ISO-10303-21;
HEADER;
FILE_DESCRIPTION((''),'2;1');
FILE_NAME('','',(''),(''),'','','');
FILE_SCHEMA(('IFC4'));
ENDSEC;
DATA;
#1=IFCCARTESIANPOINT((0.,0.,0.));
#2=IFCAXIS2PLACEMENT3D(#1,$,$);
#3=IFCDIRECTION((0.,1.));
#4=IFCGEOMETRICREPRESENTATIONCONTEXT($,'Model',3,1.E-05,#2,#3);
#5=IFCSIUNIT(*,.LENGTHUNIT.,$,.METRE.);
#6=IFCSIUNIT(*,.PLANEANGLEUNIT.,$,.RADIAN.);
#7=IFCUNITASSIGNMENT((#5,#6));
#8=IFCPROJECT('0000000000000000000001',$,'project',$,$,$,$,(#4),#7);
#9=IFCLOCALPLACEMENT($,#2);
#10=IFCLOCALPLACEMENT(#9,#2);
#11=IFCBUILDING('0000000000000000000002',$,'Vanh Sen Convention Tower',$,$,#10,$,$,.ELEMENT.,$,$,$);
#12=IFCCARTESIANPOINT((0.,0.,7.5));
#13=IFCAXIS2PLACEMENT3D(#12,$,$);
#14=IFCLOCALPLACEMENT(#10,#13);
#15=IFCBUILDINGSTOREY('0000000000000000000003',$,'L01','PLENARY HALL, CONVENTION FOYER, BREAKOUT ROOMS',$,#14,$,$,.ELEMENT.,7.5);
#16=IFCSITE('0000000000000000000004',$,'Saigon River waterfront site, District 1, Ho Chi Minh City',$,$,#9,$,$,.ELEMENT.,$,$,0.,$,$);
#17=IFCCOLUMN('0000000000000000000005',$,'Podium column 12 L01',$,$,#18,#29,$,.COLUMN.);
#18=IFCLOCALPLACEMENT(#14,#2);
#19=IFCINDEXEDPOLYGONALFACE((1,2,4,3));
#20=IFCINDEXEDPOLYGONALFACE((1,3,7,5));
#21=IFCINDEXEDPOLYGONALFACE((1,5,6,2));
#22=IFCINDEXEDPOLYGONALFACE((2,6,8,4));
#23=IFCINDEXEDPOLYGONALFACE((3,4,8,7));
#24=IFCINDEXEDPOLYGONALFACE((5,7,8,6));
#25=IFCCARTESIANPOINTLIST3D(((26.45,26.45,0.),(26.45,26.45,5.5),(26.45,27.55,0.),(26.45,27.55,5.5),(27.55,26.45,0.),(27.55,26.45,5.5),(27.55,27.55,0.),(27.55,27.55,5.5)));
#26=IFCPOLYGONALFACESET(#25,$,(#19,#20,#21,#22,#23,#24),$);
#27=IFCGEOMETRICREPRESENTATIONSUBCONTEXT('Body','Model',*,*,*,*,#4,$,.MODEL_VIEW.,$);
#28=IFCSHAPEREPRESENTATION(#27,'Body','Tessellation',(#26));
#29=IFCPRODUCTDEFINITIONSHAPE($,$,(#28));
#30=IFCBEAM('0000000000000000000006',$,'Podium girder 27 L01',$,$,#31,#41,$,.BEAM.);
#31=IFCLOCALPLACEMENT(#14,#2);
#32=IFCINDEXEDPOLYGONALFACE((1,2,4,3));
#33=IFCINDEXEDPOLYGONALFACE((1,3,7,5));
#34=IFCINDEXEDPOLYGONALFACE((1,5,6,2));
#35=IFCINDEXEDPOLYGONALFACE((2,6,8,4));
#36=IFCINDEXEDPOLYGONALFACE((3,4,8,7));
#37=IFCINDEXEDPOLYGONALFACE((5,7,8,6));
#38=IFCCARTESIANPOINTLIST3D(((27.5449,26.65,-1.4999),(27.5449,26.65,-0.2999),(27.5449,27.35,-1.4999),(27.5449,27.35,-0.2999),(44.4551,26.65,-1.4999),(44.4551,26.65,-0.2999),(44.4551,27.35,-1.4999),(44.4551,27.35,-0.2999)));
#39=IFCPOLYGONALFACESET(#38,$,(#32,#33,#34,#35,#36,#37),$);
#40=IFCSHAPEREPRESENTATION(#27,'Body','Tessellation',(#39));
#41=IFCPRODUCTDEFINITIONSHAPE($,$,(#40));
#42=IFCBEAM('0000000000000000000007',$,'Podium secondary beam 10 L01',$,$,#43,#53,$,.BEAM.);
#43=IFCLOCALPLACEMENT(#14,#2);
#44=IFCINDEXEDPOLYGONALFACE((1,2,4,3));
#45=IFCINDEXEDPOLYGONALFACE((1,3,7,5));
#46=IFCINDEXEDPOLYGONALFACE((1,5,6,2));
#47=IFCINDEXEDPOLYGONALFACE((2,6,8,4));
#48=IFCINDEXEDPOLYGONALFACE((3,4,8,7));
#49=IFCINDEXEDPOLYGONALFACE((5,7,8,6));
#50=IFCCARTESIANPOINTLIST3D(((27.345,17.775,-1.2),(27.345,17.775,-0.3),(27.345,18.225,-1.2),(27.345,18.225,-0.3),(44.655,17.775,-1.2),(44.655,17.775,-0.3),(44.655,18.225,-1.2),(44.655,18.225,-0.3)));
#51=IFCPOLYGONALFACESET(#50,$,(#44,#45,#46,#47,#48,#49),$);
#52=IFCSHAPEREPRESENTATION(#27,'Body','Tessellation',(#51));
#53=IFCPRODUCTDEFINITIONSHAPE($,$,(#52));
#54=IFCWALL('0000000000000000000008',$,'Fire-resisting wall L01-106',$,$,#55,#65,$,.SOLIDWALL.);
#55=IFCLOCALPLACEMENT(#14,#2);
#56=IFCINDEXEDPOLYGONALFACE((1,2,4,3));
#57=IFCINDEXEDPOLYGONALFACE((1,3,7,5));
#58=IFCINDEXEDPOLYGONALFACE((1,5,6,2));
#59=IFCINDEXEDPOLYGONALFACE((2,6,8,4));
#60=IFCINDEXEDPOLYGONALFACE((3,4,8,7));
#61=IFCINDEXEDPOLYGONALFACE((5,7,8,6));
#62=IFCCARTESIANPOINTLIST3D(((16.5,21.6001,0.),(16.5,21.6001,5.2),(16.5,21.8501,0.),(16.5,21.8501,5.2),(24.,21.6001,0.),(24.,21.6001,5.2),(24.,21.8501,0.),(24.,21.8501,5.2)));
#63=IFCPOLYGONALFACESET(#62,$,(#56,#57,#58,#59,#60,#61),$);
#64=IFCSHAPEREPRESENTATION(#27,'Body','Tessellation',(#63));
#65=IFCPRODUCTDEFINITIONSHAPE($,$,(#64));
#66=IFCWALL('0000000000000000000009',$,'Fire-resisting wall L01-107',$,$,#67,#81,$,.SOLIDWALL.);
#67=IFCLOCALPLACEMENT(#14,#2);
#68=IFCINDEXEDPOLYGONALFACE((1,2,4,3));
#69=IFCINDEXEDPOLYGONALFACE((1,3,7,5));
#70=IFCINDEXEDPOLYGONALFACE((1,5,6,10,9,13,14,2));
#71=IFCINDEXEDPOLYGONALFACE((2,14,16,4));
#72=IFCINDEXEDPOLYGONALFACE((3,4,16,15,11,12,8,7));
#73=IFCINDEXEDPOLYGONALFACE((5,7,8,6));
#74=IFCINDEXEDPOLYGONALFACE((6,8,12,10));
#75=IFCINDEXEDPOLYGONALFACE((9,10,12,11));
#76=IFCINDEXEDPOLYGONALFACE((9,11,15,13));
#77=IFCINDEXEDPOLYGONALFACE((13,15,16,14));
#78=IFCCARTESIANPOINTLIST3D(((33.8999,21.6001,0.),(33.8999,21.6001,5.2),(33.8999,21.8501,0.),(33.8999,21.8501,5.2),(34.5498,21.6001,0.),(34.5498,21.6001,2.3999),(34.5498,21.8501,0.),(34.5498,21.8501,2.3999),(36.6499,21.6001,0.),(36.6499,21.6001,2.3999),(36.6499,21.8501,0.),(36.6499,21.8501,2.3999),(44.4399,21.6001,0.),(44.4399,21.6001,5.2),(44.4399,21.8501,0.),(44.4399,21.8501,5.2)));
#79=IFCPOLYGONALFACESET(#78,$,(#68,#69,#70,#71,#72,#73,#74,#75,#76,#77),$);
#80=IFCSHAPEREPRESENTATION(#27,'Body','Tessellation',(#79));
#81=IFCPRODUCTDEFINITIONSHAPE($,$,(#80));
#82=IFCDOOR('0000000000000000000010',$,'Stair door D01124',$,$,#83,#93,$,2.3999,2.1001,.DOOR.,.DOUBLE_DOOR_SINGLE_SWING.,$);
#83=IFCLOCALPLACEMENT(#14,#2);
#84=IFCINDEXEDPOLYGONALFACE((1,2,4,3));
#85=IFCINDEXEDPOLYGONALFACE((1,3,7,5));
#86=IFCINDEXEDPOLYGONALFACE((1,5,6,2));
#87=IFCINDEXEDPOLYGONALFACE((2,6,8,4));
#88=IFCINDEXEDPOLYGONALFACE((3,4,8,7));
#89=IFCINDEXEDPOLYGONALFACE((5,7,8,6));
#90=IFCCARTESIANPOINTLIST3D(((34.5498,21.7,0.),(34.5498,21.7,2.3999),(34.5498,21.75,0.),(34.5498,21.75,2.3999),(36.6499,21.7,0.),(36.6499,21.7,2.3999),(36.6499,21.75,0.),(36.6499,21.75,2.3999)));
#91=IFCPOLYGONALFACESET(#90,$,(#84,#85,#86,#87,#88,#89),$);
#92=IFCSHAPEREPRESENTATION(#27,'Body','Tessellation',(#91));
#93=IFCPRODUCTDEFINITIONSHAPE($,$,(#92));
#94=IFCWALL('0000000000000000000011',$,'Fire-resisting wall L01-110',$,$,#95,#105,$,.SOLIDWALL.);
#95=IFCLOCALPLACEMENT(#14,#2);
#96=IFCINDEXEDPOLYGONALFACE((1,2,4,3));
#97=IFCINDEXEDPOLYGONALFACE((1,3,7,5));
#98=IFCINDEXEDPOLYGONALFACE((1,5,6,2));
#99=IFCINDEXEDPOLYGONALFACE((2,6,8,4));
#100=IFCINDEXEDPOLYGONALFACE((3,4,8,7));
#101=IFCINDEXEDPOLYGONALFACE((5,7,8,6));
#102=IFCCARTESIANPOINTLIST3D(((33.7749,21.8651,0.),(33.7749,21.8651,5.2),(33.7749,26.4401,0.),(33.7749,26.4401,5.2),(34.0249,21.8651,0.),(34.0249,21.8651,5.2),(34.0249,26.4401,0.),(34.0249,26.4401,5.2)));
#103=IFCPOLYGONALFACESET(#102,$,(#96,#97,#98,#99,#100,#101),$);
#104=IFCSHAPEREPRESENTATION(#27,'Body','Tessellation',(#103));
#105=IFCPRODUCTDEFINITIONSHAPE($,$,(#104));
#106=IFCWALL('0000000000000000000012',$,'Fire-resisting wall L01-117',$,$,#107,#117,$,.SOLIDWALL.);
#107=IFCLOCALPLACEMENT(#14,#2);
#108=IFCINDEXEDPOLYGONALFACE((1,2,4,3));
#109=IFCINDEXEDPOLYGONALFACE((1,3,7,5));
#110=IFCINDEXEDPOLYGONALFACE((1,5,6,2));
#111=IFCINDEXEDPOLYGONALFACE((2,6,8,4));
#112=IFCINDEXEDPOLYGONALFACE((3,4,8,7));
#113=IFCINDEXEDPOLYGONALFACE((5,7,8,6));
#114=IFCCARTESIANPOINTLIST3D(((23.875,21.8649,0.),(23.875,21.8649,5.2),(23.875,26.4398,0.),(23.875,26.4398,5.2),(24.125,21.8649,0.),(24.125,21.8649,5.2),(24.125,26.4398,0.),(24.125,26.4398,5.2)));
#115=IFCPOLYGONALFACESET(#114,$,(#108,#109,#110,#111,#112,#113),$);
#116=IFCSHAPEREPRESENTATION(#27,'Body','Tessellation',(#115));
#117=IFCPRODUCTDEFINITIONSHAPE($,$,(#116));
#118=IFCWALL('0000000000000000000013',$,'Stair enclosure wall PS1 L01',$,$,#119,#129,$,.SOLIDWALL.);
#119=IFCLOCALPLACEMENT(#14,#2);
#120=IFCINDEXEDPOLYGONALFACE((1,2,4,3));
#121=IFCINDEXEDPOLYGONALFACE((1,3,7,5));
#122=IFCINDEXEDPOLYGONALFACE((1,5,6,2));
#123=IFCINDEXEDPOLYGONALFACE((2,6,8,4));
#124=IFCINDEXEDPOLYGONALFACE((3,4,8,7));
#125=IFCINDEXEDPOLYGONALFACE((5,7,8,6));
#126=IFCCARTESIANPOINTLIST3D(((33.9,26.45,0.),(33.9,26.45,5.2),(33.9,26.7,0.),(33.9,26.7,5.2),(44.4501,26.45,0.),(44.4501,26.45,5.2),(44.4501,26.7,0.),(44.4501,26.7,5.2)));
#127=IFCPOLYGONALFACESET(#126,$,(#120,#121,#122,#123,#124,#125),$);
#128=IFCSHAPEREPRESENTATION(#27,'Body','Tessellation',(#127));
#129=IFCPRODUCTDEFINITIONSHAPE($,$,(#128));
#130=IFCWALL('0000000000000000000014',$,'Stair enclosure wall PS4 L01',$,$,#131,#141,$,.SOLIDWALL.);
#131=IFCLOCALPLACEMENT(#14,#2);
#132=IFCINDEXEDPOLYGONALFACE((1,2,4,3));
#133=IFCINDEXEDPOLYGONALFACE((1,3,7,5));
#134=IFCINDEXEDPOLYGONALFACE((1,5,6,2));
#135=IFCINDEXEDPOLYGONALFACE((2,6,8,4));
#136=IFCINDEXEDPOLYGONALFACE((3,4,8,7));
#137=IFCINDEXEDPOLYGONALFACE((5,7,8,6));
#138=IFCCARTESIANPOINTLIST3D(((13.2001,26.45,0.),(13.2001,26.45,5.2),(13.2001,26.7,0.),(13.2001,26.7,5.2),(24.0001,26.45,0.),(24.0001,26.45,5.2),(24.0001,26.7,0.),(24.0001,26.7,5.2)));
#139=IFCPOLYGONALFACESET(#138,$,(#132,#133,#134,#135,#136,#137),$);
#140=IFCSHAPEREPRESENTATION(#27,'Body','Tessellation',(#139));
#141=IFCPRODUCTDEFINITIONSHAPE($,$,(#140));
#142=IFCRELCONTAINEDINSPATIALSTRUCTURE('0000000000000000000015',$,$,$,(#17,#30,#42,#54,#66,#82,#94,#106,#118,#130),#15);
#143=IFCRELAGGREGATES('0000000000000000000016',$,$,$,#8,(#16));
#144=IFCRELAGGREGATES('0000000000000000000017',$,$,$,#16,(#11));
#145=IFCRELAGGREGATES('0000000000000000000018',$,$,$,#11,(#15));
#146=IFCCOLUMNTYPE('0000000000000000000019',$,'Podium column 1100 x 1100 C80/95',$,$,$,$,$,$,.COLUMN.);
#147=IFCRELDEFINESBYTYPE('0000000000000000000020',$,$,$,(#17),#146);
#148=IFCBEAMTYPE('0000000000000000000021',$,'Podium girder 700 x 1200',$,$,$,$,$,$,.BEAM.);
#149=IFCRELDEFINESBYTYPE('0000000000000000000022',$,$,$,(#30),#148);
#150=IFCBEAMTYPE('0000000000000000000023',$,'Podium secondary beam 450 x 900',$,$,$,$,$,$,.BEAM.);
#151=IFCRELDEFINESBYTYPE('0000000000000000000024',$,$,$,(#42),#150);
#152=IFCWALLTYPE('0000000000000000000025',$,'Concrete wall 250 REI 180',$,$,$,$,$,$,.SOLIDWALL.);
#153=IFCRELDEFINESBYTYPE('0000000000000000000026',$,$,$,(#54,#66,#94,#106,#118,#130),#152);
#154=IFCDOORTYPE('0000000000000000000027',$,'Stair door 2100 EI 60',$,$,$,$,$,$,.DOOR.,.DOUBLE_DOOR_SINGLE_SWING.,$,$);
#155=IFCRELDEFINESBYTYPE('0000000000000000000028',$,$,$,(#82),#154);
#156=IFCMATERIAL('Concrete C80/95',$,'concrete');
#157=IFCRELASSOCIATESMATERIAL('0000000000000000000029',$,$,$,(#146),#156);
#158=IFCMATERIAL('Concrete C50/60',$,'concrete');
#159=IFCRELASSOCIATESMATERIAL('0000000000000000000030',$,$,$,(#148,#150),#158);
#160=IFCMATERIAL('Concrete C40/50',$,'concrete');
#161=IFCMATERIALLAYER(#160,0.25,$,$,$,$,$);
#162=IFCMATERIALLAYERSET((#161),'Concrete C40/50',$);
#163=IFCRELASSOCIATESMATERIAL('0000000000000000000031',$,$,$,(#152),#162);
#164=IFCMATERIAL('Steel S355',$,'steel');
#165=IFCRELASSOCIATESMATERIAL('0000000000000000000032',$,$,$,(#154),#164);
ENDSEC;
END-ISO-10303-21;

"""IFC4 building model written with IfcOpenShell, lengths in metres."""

from ifc_helpers import new_model, si_unit, direction, frame, frame_2d, origin, origin_2d, place, context, subcontext, project, spatial, rectangle, extrude, material, layer, layer_set, material_profile, profile_set, type_object, element, fill, save


model = new_model("IFC4")

# Units and contexts
model_context = context("Model", 3, precision=1e-05, world=origin(), true_north=direction((0.0, 1.0)))
body_context = subcontext(model_context, "Body", "Model", "MODEL_VIEW")
ifc_project = project(units=[si_unit("LENGTHUNIT", "METRE"), si_unit("PLANEANGLEUNIT", "RADIAN")], contexts=[model_context])

# Site, building, storey
site_placement = place(None, origin())
site = spatial("IfcSite", under=ifc_project, at=site_placement, Name="Saigon River waterfront site, District 1, Ho Chi Minh City", CompositionType="ELEMENT", RefElevation=0.0)
building_placement = place(site_placement, origin())
building = spatial("IfcBuilding", under=site, at=building_placement, Name="Vanh Sen Convention Tower", CompositionType="ELEMENT")
storey_placement = place(building_placement, frame((0.0, 0.0, 7.5)))
storey = spatial("IfcBuildingStorey", under=building, at=storey_placement, Name="L01", Description="PLENARY HALL, CONVENTION FOYER, BREAKOUT ROOMS", CompositionType="ELEMENT", Elevation=7.5)

# Column
ifc_material_1 = material(Name="Concrete C80/95", Category="concrete")
ifc_material_profile_1 = material_profile(ifc_material_1, rectangle(XDim=1.1001, YDim=1.1001, at=origin_2d()), Name="RC 1100X1100")
ifc_profile_set_1 = profile_set([ifc_material_profile_1], Name="Concrete C80/95")
column_type = type_object("IfcColumnType", Name="Podium column 1100 x 1100 C80/95", PredefinedType="COLUMN", material=ifc_profile_set_1)
column_placement = place(storey_placement, frame((27.0, 27.0, 0.0), z_axis=(0.0, 0.0, 1.0), x_axis=(1.0, 0.0, 0.0)))
element("IfcColumn", 1, at=column_placement, inside=storey, type_object=column_type, Name="Podium column 12 L01", PredefinedType="COLUMN", context=body_context, shape_type="SweptSolid", body=[
    extrude(rectangle(XDim=1.1001, YDim=1.1001, at=origin_2d()), origin(), (0.0, 0.0, 1.0), 5.5),
])

# Beams
ifc_material_2 = material(Name="Concrete C50/60", Category="concrete")
ifc_material_profile_2 = material_profile(ifc_material_2, rectangle(XDim=0.7, YDim=1.2, at=origin_2d()), Name="RC 700X1200")
ifc_profile_set_2 = profile_set([ifc_material_profile_2], Name="Concrete C50/60")
beam_type_1 = type_object("IfcBeamType", Name="Podium girder 700 x 1200", PredefinedType="BEAM", material=ifc_profile_set_2)
beam_1_placement = place(storey_placement, frame((27.5449, 27.0, -0.8999), z_axis=(1.0, 0.0, 0.0), x_axis=(0.0, 1.0, 0.0)))
element("IfcBeam", 2, at=beam_1_placement, inside=storey, type_object=beam_type_1, Name="Podium girder 27 L01", PredefinedType="BEAM", context=body_context, shape_type="SweptSolid", body=[
    extrude(rectangle(XDim=0.7, YDim=1.2, at=origin_2d()), origin(), (0.0, 0.0, 1.0), 16.9102),
])
ifc_material_profile_3 = material_profile(ifc_material_2, rectangle(XDim=0.45, YDim=0.8999, at=origin_2d()), Name="RC 450X900")
ifc_profile_set_3 = profile_set([ifc_material_profile_3], Name="Concrete C50/60")
beam_type_2 = type_object("IfcBeamType", Name="Podium secondary beam 450 x 900", PredefinedType="BEAM", material=ifc_profile_set_3)
beam_2_placement = place(storey_placement, frame((27.345, 18.0, -0.75), z_axis=(1.0, 0.0, 0.0), x_axis=(0.0, 1.0, 0.0)))
element("IfcBeam", 3, at=beam_2_placement, inside=storey, type_object=beam_type_2, Name="Podium secondary beam 10 L01", PredefinedType="BEAM", context=body_context, shape_type="SweptSolid", body=[
    extrude(rectangle(XDim=0.45, YDim=0.8999, at=origin_2d()), origin(), (0.0, 0.0, 1.0), 17.3101),
])

# Wall
ifc_material_3 = material(Name="Concrete C40/50", Category="concrete")
ifc_layer_1 = layer(ifc_material_3, 0.25)
ifc_layer_set_1 = layer_set([ifc_layer_1], Name="Concrete C40/50")
wall_type_1 = type_object("IfcWallType", Name="Concrete wall 250 REI 180", PredefinedType="SOLIDWALL", material=ifc_layer_set_1)
wall_1_placement = place(storey_placement, frame((24.0, 21.7251, 0.0), z_axis=(0.0, 0.0, 1.0), x_axis=(-1.0, 0.0, 0.0)))
element("IfcWall", 4, at=wall_1_placement, inside=storey, type_object=wall_type_1, Name="Fire-resisting wall L01-106", PredefinedType="SOLIDWALL", context=body_context, shape_type="SweptSolid", body=[
    extrude(rectangle(XDim=7.5, YDim=0.25, at=frame_2d((3.75, 0.0))), origin(), (0.0, 0.0, 1.0), 5.2),
])

# Wall, opening, door
wall_2_placement = place(storey_placement, frame((44.4399, 21.7251, 0.0), z_axis=(0.0, 0.0, 1.0), x_axis=(-1.0, 0.0, 0.0)))
wall_2 = element("IfcWall", 5, at=wall_2_placement, inside=storey, type_object=wall_type_1, Name="Fire-resisting wall L01-107", PredefinedType="SOLIDWALL", context=body_context, shape_type="SweptSolid", body=[
    extrude(rectangle(XDim=10.54, YDim=0.25, at=frame_2d((5.27, 0.0))), origin(), (0.0, 0.0, 1.0), 5.2),
])
opening_1_placement = place(wall_2_placement, frame((7.79, 0.0, 0.0)))
opening_1 = element("IfcOpeningElement", 6, at=opening_1_placement, cuts=wall_2, PredefinedType="OPENING", context=body_context, shape_type="SweptSolid", body=[
    extrude(rectangle(XDim=2.1001, YDim=2.3999, at=frame_2d((1.05, 1.2))), frame((0.0, 0.135, 0.0), z_axis=(0.0, -1.0, 0.0), x_axis=(1.0, 0.0, 0.0)), (0.0, 0.0, 1.0), 0.27),
])
ifc_material_4 = material(Name="Steel S355", Category="steel")
door_type = type_object("IfcDoorType", Name="Stair door 2100 EI 60", OperationType="DOUBLE_DOOR_SINGLE_SWING", PredefinedType="DOOR", material=ifc_material_4)
door_placement = place(opening_1_placement, frame((2.1001, 0.0, 0.0), z_axis=(0.0, 0.0, 1.0), x_axis=(-1.0, 0.0, 0.0)))
door = element("IfcDoor", 7, at=door_placement, inside=storey, type_object=door_type, Name="Stair door D01124", OperationType="DOUBLE_DOOR_SINGLE_SWING", OverallHeight=2.3999, OverallWidth=2.1001, PredefinedType="DOOR", context=body_context, shape_type="SweptSolid", body=[
    extrude(rectangle(XDim=2.1001, YDim=2.3999, at=frame_2d((1.05, 1.2))), frame((0.0, 0.0249, 0.0), z_axis=(0.0, -1.0, 0.0), x_axis=(1.0, 0.0, 0.0)), (0.0, 0.0, 1.0), 0.05),
])
fill(opening_1, door)

# Walls
for number, where, z_axis, x_axis, name in (
    (8, (33.8999, 21.865, 0.0), (0.0, 0.0, 1.0), (0.0, 1.0, 0.0), "Fire-resisting wall L01-110"),
    (9, (24.0, 26.4399, 0.0), (0.0, 0.0, 1.0), (0.0, -1.0, 0.0), "Fire-resisting wall L01-117"),
):
    element("IfcWall", number, at=place(storey_placement, frame(where, z_axis=z_axis, x_axis=x_axis)), inside=storey, type_object=wall_type_1, Name=name, PredefinedType="SOLIDWALL", context=body_context, shape_type="SweptSolid", body=[
        extrude(rectangle(XDim=4.575, YDim=0.25, at=frame_2d((2.2876, 0.0))), origin(), (0.0, 0.0, 1.0), 5.2),
    ])
wall_3_placement = place(storey_placement, frame((44.45, 26.575, 0.0), z_axis=(0.0, 0.0, 1.0), x_axis=(-1.0, 0.0, 0.0)))
element("IfcWall", 10, at=wall_3_placement, inside=storey, type_object=wall_type_1, Name="Stair enclosure wall PS1 L01", PredefinedType="SOLIDWALL", context=body_context, shape_type="SweptSolid", body=[
    extrude(rectangle(XDim=10.55, YDim=0.25, at=frame_2d((5.2749, 0.0))), origin(), (0.0, 0.0, 1.0), 5.2),
])
wall_4_placement = place(storey_placement, frame((24.0, 26.575, 0.0), z_axis=(0.0, 0.0, 1.0), x_axis=(-1.0, 0.0, 0.0)))
element("IfcWall", 11, at=wall_4_placement, inside=storey, type_object=wall_type_1, Name="Stair enclosure wall PS4 L01", PredefinedType="SOLIDWALL", context=body_context, shape_type="SweptSolid", body=[
    extrude(rectangle(XDim=10.8, YDim=0.25, at=frame_2d((5.3999, 0.0))), origin(), (0.0, 0.0, 1.0), 5.2),
])

save(model, "model.ifc")
